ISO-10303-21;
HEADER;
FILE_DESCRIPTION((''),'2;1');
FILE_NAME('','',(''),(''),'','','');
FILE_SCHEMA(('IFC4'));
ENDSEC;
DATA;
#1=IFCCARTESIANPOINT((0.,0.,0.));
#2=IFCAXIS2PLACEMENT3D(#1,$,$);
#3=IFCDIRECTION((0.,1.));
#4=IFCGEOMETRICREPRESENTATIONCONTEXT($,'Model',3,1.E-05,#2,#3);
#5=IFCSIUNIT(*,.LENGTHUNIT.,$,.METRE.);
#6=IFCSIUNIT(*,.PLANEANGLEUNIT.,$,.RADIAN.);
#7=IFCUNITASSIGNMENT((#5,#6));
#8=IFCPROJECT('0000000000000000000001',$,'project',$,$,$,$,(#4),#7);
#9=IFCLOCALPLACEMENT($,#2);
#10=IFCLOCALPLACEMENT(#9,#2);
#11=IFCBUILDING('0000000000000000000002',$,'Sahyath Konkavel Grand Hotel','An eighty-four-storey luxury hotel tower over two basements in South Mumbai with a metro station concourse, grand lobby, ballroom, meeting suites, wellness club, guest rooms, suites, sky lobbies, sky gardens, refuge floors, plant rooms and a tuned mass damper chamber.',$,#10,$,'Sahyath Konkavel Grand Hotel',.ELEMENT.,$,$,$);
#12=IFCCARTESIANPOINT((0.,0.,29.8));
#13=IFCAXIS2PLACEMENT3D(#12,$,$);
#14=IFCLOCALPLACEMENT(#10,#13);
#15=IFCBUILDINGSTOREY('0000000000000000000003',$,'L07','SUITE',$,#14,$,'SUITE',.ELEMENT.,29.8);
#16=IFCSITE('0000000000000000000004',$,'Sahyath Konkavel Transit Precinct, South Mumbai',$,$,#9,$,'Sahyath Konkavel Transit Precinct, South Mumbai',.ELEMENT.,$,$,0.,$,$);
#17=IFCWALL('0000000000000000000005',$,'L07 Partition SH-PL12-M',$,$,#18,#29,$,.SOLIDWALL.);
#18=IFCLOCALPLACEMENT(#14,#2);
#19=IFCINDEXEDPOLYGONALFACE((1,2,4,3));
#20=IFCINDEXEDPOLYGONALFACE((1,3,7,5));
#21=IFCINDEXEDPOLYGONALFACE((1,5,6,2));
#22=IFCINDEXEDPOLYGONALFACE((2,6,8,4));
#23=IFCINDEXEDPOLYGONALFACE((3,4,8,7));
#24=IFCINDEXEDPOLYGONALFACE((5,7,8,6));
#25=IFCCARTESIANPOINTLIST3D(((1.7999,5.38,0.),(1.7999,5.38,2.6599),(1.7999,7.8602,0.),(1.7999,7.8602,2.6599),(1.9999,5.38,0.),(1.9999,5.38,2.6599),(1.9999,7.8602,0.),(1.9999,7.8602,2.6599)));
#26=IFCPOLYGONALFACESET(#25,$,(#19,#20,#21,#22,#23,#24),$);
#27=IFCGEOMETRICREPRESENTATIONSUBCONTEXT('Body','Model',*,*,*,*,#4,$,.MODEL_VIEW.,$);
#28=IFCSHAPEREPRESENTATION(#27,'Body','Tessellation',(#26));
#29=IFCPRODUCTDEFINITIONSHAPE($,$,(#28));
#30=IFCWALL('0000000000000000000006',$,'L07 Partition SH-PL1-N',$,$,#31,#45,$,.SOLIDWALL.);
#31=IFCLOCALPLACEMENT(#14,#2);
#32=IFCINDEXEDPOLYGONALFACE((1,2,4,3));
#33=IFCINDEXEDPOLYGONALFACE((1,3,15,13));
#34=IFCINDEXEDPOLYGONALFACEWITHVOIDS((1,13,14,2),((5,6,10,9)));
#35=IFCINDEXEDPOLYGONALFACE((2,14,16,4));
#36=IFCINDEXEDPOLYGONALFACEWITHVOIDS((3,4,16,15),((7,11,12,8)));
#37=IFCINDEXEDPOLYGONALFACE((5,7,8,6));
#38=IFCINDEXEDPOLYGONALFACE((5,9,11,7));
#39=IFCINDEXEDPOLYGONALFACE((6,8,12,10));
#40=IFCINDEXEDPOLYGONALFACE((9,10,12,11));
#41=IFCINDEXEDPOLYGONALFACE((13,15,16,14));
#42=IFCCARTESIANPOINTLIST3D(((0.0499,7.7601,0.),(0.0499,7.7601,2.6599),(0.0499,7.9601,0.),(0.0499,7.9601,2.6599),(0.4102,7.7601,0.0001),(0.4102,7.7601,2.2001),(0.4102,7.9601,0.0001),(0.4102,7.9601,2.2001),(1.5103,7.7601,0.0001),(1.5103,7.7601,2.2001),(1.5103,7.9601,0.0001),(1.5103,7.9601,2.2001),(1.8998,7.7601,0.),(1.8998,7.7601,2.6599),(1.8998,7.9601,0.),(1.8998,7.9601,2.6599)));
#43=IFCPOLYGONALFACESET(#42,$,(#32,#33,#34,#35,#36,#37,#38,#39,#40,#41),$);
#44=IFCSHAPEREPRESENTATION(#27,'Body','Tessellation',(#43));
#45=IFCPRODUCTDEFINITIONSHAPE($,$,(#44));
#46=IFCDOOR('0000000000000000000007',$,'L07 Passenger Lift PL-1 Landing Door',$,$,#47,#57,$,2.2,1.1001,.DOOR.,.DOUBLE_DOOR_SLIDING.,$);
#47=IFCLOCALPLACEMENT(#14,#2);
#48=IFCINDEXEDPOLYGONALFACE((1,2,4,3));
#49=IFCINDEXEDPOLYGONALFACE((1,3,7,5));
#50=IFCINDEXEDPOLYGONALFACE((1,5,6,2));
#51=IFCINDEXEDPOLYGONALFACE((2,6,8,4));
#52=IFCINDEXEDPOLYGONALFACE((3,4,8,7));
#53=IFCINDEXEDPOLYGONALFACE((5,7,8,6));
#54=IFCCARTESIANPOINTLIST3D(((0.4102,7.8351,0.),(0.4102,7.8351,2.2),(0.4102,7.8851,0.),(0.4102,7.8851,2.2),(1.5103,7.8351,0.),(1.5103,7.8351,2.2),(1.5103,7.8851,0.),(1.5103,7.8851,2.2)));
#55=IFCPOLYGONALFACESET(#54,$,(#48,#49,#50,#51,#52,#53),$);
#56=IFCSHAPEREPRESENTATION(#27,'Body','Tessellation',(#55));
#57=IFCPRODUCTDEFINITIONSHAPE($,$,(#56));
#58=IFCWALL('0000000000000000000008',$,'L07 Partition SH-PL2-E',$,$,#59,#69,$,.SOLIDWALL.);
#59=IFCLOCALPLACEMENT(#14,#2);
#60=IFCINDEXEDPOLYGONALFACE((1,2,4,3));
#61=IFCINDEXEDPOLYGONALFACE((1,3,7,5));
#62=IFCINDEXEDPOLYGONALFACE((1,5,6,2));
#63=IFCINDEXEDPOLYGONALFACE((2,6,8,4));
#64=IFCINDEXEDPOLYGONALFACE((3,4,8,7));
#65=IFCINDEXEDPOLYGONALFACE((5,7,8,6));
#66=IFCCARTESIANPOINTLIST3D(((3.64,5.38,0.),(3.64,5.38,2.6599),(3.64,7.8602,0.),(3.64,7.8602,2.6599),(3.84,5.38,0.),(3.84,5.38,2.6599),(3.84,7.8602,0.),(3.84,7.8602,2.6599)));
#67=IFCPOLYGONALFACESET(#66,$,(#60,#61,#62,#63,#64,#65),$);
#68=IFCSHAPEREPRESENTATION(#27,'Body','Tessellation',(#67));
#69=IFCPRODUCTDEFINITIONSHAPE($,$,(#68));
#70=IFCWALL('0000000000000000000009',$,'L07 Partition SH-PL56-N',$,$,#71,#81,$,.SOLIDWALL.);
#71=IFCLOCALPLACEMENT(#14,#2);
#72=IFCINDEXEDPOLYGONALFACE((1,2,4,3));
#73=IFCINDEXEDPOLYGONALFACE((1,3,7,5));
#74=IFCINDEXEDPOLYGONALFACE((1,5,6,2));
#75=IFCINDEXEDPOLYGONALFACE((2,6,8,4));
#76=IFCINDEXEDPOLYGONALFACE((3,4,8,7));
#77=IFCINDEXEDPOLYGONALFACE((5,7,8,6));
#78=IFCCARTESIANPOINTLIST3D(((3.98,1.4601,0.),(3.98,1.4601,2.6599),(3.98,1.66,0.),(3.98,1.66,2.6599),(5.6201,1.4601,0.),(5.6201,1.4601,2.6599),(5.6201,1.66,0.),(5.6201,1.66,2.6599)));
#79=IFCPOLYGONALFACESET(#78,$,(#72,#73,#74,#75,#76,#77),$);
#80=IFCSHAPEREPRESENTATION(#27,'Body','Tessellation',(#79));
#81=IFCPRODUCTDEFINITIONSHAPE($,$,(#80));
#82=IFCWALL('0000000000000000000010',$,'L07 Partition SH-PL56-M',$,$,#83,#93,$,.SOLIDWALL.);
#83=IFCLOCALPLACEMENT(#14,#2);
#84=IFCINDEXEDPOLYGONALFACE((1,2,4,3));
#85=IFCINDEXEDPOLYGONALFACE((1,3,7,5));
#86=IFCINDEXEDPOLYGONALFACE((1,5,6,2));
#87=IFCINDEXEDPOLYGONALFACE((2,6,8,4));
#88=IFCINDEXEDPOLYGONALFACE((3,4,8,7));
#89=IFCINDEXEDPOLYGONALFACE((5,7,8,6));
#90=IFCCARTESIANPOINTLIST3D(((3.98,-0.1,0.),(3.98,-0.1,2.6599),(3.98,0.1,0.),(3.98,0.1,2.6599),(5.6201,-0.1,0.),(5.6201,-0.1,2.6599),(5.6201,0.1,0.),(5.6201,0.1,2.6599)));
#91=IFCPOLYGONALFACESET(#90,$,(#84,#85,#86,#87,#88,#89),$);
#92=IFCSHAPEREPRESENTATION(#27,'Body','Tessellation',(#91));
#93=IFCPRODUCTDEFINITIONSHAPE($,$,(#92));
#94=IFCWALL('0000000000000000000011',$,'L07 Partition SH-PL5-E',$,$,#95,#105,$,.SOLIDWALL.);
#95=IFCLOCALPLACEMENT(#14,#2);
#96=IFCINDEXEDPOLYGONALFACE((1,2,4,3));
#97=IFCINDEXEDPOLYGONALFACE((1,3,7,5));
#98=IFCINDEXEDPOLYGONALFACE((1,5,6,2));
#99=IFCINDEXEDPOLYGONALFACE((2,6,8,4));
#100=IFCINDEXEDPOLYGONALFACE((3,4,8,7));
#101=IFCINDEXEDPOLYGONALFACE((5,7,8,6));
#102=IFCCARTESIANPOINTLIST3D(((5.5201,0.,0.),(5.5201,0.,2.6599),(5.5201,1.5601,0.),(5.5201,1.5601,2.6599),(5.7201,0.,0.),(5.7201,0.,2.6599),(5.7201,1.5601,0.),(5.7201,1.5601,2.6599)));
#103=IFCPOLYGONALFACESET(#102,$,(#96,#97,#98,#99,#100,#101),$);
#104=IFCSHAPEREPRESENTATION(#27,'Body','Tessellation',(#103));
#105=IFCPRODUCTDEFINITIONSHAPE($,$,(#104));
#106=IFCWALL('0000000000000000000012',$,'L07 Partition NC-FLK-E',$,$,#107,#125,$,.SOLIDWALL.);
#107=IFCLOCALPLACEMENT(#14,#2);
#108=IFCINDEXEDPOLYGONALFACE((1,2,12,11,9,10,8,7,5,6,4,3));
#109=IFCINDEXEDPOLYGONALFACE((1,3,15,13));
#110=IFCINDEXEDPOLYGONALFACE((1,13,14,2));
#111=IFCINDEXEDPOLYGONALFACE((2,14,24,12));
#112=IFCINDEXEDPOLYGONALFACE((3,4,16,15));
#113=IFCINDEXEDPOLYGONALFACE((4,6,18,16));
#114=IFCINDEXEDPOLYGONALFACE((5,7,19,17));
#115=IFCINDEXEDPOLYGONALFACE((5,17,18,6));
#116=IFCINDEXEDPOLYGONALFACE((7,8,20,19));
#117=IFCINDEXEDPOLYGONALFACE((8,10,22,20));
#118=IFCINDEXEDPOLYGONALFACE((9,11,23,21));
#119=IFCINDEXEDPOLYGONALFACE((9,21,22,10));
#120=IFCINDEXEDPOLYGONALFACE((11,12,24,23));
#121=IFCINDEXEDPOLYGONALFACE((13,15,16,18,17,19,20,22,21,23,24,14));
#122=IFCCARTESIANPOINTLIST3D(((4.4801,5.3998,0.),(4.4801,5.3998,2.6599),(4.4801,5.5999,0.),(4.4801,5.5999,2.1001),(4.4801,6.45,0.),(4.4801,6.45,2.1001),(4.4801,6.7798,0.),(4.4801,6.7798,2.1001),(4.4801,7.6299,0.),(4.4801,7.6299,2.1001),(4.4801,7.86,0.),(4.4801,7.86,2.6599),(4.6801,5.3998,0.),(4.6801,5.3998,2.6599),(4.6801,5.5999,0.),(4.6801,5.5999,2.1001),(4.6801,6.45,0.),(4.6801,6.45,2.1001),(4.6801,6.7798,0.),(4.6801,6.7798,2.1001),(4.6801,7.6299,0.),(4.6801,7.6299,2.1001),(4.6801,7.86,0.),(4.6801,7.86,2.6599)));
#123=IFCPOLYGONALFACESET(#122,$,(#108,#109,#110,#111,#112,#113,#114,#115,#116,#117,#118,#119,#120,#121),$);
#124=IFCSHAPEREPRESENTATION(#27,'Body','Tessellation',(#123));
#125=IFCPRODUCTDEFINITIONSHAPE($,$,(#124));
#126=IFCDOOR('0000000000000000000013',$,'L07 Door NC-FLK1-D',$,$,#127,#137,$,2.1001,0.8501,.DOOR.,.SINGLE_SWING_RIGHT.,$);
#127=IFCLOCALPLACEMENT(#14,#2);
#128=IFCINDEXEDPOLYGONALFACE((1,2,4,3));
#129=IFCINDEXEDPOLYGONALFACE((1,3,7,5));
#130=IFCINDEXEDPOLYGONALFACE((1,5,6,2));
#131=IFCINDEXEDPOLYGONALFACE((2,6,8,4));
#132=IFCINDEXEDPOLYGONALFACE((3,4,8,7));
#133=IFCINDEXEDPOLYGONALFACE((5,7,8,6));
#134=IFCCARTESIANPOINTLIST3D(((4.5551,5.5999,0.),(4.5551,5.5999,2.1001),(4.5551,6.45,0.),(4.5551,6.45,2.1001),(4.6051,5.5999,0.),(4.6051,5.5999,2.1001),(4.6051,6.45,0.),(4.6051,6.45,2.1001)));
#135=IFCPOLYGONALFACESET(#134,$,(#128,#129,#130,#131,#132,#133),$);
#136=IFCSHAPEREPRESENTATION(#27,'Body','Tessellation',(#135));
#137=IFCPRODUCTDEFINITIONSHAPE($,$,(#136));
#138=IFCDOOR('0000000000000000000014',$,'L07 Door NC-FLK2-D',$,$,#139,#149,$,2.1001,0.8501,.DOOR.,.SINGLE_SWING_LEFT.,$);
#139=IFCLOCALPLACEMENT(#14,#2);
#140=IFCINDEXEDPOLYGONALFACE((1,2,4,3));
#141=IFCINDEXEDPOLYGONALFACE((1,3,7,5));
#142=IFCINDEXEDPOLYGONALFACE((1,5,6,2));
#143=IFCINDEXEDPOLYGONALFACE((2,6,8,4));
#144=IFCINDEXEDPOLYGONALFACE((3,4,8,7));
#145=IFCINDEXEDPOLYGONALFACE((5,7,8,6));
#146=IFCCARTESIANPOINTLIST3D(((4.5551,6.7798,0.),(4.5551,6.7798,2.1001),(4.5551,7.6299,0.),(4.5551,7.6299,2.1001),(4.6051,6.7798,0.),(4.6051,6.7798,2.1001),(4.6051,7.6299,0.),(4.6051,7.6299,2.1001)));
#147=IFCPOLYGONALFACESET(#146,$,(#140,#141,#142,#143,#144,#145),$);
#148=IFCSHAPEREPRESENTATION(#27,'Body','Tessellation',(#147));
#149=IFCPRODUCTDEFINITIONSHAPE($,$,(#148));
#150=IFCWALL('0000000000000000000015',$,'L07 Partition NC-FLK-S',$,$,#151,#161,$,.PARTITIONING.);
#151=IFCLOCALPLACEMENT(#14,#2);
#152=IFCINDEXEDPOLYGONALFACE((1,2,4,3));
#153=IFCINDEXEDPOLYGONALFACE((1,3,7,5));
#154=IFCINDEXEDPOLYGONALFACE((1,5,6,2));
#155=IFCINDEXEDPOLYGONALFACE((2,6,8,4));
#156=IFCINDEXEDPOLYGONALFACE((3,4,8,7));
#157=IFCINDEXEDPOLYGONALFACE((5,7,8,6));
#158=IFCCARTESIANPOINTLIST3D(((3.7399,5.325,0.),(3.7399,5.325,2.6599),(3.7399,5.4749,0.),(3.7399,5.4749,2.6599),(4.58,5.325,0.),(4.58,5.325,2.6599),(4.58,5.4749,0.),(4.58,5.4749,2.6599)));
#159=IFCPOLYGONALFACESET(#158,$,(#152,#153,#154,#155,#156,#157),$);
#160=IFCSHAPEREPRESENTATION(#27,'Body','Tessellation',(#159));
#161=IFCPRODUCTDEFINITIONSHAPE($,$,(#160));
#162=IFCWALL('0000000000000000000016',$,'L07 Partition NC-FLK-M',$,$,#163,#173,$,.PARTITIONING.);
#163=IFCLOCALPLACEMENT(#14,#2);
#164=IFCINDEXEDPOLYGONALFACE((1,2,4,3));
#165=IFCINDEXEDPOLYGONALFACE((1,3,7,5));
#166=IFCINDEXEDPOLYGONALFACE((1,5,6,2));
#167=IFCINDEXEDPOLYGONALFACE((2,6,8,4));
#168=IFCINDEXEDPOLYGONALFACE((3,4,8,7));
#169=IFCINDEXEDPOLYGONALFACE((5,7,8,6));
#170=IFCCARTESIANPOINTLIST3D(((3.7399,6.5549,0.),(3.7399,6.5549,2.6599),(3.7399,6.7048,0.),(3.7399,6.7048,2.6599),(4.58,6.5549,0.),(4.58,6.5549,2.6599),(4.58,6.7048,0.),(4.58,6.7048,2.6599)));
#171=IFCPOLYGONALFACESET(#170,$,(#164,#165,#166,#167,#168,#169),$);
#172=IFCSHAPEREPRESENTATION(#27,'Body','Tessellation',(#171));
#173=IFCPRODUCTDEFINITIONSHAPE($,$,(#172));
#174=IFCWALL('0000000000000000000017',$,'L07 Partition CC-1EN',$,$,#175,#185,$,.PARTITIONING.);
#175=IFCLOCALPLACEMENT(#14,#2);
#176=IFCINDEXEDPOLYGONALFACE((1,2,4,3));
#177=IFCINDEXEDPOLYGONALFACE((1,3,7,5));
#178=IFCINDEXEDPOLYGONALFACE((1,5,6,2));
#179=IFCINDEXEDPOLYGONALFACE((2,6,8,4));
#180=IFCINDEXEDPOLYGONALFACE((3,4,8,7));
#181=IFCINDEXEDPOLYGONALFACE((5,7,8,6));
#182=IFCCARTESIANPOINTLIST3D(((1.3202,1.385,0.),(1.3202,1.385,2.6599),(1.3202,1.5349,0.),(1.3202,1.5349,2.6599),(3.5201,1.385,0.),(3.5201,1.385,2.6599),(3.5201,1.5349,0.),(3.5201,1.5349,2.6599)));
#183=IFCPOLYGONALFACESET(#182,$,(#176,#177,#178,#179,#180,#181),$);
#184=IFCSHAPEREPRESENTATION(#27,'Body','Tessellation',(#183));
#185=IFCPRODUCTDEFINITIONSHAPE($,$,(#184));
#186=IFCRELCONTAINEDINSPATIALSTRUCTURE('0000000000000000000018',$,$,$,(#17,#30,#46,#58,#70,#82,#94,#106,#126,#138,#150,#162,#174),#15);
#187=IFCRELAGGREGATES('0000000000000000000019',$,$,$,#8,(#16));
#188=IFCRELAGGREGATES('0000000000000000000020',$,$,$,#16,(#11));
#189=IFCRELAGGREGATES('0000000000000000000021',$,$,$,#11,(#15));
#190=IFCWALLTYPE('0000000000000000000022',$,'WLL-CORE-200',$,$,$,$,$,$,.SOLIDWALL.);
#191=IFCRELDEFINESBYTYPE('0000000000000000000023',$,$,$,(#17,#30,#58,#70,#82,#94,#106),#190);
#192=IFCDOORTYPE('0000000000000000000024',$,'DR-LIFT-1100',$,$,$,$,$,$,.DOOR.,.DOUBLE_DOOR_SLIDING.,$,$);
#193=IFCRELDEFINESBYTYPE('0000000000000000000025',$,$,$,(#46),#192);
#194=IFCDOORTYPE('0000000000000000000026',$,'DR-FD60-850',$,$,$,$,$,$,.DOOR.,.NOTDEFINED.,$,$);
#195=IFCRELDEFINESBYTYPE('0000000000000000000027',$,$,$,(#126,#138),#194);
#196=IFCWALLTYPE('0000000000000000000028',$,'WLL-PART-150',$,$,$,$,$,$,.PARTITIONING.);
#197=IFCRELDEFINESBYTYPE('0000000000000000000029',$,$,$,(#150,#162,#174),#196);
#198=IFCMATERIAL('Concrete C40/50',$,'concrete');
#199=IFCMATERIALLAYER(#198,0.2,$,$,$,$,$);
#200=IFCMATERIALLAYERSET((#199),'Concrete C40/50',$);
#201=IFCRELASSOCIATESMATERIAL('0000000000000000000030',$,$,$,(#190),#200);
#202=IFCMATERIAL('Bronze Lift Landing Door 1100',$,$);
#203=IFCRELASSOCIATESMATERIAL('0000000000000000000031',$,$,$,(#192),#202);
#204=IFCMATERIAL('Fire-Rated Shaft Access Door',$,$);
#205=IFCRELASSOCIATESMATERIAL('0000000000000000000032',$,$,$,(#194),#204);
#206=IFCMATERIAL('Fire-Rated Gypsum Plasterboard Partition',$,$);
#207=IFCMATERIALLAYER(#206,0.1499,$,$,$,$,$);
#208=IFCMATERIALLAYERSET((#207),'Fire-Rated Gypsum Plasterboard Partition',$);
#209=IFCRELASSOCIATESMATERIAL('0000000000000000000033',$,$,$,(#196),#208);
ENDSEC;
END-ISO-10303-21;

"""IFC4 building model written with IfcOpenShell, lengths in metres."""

from ifc_helpers import new_model, si_unit, direction, frame, frame_2d, origin, origin_2d, place, context, subcontext, project, spatial, rectangle, extrude, source, transform, mapped, material, layer, layer_set, type_object, element, fill, save


model = new_model("IFC4")

# Units and contexts
model_context = context("Model", 3, precision=1e-05, world=origin(), true_north=direction((0.0, 1.0)))
body_context = subcontext(model_context, "Body", "Model", "MODEL_VIEW")
ifc_project = project(units=[si_unit("LENGTHUNIT", "METRE"), si_unit("PLANEANGLEUNIT", "RADIAN")], contexts=[model_context])

# Site, building, storey
site_placement = place(None, origin())
site = spatial("IfcSite", under=ifc_project, at=site_placement, Name="Sahyath Konkavel Transit Precinct, South Mumbai", LongName="Sahyath Konkavel Transit Precinct, South Mumbai", CompositionType="ELEMENT", RefElevation=0.0)
building_placement = place(site_placement, origin())
building = spatial("IfcBuilding", under=site, at=building_placement, Name="Sahyath Konkavel Grand Hotel", Description="An eighty-four-storey luxury hotel tower over two basements in South Mumbai with a metro station concourse, grand lobby, ballroom, meeting suites, wellness club, guest rooms, suites, sky lobbies, sky gardens, refuge floors, plant rooms and a tuned mass damper chamber.", LongName="Sahyath Konkavel Grand Hotel", CompositionType="ELEMENT")
storey_placement = place(building_placement, frame((0.0, 0.0, 29.8)))
storey = spatial("IfcBuildingStorey", under=building, at=storey_placement, Name="L07", Description="SUITE", LongName="SUITE", CompositionType="ELEMENT", Elevation=29.8)

# Shared definitions
ifc_material_1 = material(Name="Concrete C40/50", Category="concrete")

# Shared definitions
ifc_layer_1 = layer(ifc_material_1, 0.2)
ifc_layer_set_1 = layer_set([ifc_layer_1], Name="Concrete C40/50")
wall_type_1 = type_object("IfcWallType", Name="WLL-CORE-200", PredefinedType="SOLIDWALL", material=ifc_layer_set_1)

# Shared definitions
ifc_material_2 = material(Name="Bronze Lift Landing Door 1100")
door_type_1 = type_object("IfcDoorType", Name="DR-LIFT-1100", OperationType="DOUBLE_DOOR_SLIDING", PredefinedType="DOOR", material=ifc_material_2)
shared_shape_1 = source(origin(), body_context, "Body", "SweptSolid", [
    extrude(rectangle(XDim=1.1001, YDim=0.05, at=origin_2d()), origin(), (0.0, 0.0, 1.0), 2.2),
])

# Wall
wall_1_placement = place(storey_placement, frame((1.8999, 5.3799, 0.0), z_axis=(0.0, 0.0, 1.0), x_axis=(0.0, 1.0, 0.0)))
element("IfcWall", 1, at=wall_1_placement, inside=storey, type_object=wall_type_1, Name="L07 Partition SH-PL12-M", PredefinedType="SOLIDWALL", context=body_context, shape_type="SweptSolid", body=[
    extrude(rectangle(XDim=2.4802, YDim=0.2, at=frame_2d((1.2402, 0.0))), origin(), (0.0, 0.0, 1.0), 2.6599),
])

# Wall, opening, door
wall_2_placement = place(storey_placement, frame((0.05, 7.8601, 0.0), z_axis=(0.0, 0.0, 1.0), x_axis=(1.0, 0.0, 0.0)))
wall_2 = element("IfcWall", 2, at=wall_2_placement, inside=storey, type_object=wall_type_1, Name="L07 Partition SH-PL1-N", PredefinedType="SOLIDWALL", context=body_context, shape_type="SweptSolid", body=[
    extrude(rectangle(XDim=1.8499, YDim=0.2, at=frame_2d((0.9248, 0.0))), origin(), (0.0, 0.0, 1.0), 2.6599),
])
opening_1_placement = place(wall_2_placement, frame((0.3601, 0.0, 0.0)))
opening_1 = element("IfcOpeningElement", 3, at=opening_1_placement, cuts=wall_2, PredefinedType="OPENING", context=body_context, shape_type="SweptSolid", body=[
    extrude(rectangle(XDim=1.1001, YDim=2.2, at=frame_2d((0.55, 1.1001))), frame((0.0, 0.1099, 0.0), z_axis=(0.0, -1.0, 0.0), x_axis=(1.0, 0.0, 0.0)), (0.0, 0.0, 1.0), 0.22),
])
door_1_placement = place(opening_1_placement, frame((0.55, 0.0, 0.0)))
door_1 = element("IfcDoor", 4, at=door_1_placement, inside=storey, type_object=door_type_1, Name="L07 Passenger Lift PL-1 Landing Door", OperationType="DOUBLE_DOOR_SLIDING", OverallHeight=2.2, OverallWidth=1.1001, PredefinedType="DOOR", context=body_context, shape_type="MappedRepresentation", body=[
    mapped(shared_shape_1, transform((0.0, 0.0, 0.0), scale=1.0)),
])
fill(opening_1, door_1)

# Walls
wall_3_placement = place(storey_placement, frame((3.74, 5.3799, 0.0), z_axis=(0.0, 0.0, 1.0), x_axis=(0.0, 1.0, 0.0)))
element("IfcWall", 5, at=wall_3_placement, inside=storey, type_object=wall_type_1, Name="L07 Partition SH-PL2-E", PredefinedType="SOLIDWALL", context=body_context, shape_type="SweptSolid", body=[
    extrude(rectangle(XDim=2.4802, YDim=0.2, at=frame_2d((1.2402, 0.0))), origin(), (0.0, 0.0, 1.0), 2.6599),
])
for number, where, z_axis, x_axis, name in (
    (6, (3.98, 1.5601, 0.0), (0.0, 0.0, 1.0), (1.0, 0.0, 0.0), "L07 Partition SH-PL56-N"),
    (7, (3.98, 0.0, 0.0), (0.0, 0.0, 1.0), (1.0, 0.0, 0.0), "L07 Partition SH-PL56-M"),
):
    element("IfcWall", number, at=place(storey_placement, frame(where, z_axis=z_axis, x_axis=x_axis)), inside=storey, type_object=wall_type_1, Name=name, PredefinedType="SOLIDWALL", context=body_context, shape_type="SweptSolid", body=[
        extrude(rectangle(XDim=1.6401, YDim=0.2, at=frame_2d((0.8201, 0.0))), origin(), (0.0, 0.0, 1.0), 2.6599),
    ])
wall_4_placement = place(storey_placement, frame((5.6201, 0.0, 0.0), z_axis=(0.0, 0.0, 1.0), x_axis=(0.0, 1.0, 0.0)))
element("IfcWall", 8, at=wall_4_placement, inside=storey, type_object=wall_type_1, Name="L07 Partition SH-PL5-E", PredefinedType="SOLIDWALL", context=body_context, shape_type="SweptSolid", body=[
    extrude(rectangle(XDim=1.5601, YDim=0.2, at=frame_2d((0.78, 0.0))), origin(), (0.0, 0.0, 1.0), 2.6599),
])

# Wall, openings, doors
wall_5_placement = place(storey_placement, frame((4.5801, 5.3999, 0.0), z_axis=(0.0, 0.0, 1.0), x_axis=(0.0, 1.0, 0.0)))
wall_5 = element("IfcWall", 9, at=wall_5_placement, inside=storey, type_object=wall_type_1, Name="L07 Partition NC-FLK-E", PredefinedType="SOLIDWALL", context=body_context, shape_type="SweptSolid", body=[
    extrude(rectangle(XDim=2.4602, YDim=0.2, at=frame_2d((1.23, 0.0))), origin(), (0.0, 0.0, 1.0), 2.6599),
])
opening_2_placement = place(wall_5_placement, frame((0.2, 0.0, 0.0)))
opening_2 = element("IfcOpeningElement", 10, at=opening_2_placement, cuts=wall_5, PredefinedType="OPENING", context=body_context, shape_type="SweptSolid", body=[
    extrude(rectangle(XDim=0.8501, YDim=2.1001, at=frame_2d((0.425, 1.05))), frame((0.0, 0.1099, 0.0), z_axis=(0.0, -1.0, 0.0), x_axis=(1.0, 0.0, 0.0)), (0.0, 0.0, 1.0), 0.22),
])
opening_3_placement = place(wall_5_placement, frame((1.3799, 0.0, 0.0)))
opening_3 = element("IfcOpeningElement", 11, at=opening_3_placement, cuts=wall_5, PredefinedType="OPENING", context=body_context, shape_type="SweptSolid", body=[
    extrude(rectangle(XDim=0.8501, YDim=2.1001, at=frame_2d((0.425, 1.05))), frame((0.0, 0.1099, 0.0), z_axis=(0.0, -1.0, 0.0), x_axis=(1.0, 0.0, 0.0)), (0.0, 0.0, 1.0), 0.22),
])
ifc_material_3 = material(Name="Fire-Rated Shaft Access Door")
door_type_2 = type_object("IfcDoorType", Name="DR-FD60-850", OperationType="NOTDEFINED", PredefinedType="DOOR", material=ifc_material_3)
shared_shape_2 = source(origin(), body_context, "Body", "SweptSolid", [
    extrude(rectangle(XDim=0.8501, YDim=0.05, at=origin_2d()), origin(), (0.0, 0.0, 1.0), 2.1001),
])
door_2_placement = place(opening_2_placement, frame((0.425, 0.0, 0.0)))
door_2 = element("IfcDoor", 12, at=door_2_placement, inside=storey, type_object=door_type_2, Name="L07 Door NC-FLK1-D", OperationType="SINGLE_SWING_RIGHT", OverallHeight=2.1001, OverallWidth=0.8501, PredefinedType="DOOR", context=body_context, shape_type="MappedRepresentation", body=[
    mapped(shared_shape_2, transform((0.0, 0.0, 0.0), scale=1.0)),
])
fill(opening_2, door_2)
door_3_placement = place(opening_3_placement, frame((0.425, 0.0, 0.0)))
door_3 = element("IfcDoor", 13, at=door_3_placement, inside=storey, type_object=door_type_2, Name="L07 Door NC-FLK2-D", OperationType="SINGLE_SWING_LEFT", OverallHeight=2.1001, OverallWidth=0.8501, PredefinedType="DOOR", context=body_context, shape_type="MappedRepresentation", body=[
    mapped(shared_shape_2, transform((0.0, 0.0, 0.0), scale=1.0)),
])
fill(opening_3, door_3)

# Walls
ifc_material_4 = material(Name="Fire-Rated Gypsum Plasterboard Partition")
ifc_layer_2 = layer(ifc_material_4, 0.1499)
ifc_layer_set_2 = layer_set([ifc_layer_2], Name="Fire-Rated Gypsum Plasterboard Partition")
wall_type_2 = type_object("IfcWallType", Name="WLL-PART-150", PredefinedType="PARTITIONING", material=ifc_layer_set_2)
for number, where, z_axis, x_axis, name in (
    (14, (3.74, 5.3999, 0.0), (0.0, 0.0, 1.0), (1.0, 0.0, 0.0), "L07 Partition NC-FLK-S"),
    (15, (3.74, 6.6299, 0.0), (0.0, 0.0, 1.0), (1.0, 0.0, 0.0), "L07 Partition NC-FLK-M"),
):
    element("IfcWall", number, at=place(storey_placement, frame(where, z_axis=z_axis, x_axis=x_axis)), inside=storey, type_object=wall_type_2, Name=name, PredefinedType="PARTITIONING", context=body_context, shape_type="SweptSolid", body=[
        extrude(rectangle(XDim=0.8401, YDim=0.1499, at=frame_2d((0.4199, 0.0))), origin(), (0.0, 0.0, 1.0), 2.6599),
    ])
wall_6_placement = place(storey_placement, frame((1.3201, 1.46, 0.0), z_axis=(0.0, 0.0, 1.0), x_axis=(1.0, 0.0, 0.0)))
element("IfcWall", 16, at=wall_6_placement, inside=storey, type_object=wall_type_2, Name="L07 Partition CC-1EN", PredefinedType="PARTITIONING", context=body_context, shape_type="SweptSolid", body=[
    extrude(rectangle(XDim=2.2, YDim=0.1499, at=frame_2d((1.1001, 0.0))), origin(), (0.0, 0.0, 1.0), 2.6599),
])

save(model, "model.ifc")
